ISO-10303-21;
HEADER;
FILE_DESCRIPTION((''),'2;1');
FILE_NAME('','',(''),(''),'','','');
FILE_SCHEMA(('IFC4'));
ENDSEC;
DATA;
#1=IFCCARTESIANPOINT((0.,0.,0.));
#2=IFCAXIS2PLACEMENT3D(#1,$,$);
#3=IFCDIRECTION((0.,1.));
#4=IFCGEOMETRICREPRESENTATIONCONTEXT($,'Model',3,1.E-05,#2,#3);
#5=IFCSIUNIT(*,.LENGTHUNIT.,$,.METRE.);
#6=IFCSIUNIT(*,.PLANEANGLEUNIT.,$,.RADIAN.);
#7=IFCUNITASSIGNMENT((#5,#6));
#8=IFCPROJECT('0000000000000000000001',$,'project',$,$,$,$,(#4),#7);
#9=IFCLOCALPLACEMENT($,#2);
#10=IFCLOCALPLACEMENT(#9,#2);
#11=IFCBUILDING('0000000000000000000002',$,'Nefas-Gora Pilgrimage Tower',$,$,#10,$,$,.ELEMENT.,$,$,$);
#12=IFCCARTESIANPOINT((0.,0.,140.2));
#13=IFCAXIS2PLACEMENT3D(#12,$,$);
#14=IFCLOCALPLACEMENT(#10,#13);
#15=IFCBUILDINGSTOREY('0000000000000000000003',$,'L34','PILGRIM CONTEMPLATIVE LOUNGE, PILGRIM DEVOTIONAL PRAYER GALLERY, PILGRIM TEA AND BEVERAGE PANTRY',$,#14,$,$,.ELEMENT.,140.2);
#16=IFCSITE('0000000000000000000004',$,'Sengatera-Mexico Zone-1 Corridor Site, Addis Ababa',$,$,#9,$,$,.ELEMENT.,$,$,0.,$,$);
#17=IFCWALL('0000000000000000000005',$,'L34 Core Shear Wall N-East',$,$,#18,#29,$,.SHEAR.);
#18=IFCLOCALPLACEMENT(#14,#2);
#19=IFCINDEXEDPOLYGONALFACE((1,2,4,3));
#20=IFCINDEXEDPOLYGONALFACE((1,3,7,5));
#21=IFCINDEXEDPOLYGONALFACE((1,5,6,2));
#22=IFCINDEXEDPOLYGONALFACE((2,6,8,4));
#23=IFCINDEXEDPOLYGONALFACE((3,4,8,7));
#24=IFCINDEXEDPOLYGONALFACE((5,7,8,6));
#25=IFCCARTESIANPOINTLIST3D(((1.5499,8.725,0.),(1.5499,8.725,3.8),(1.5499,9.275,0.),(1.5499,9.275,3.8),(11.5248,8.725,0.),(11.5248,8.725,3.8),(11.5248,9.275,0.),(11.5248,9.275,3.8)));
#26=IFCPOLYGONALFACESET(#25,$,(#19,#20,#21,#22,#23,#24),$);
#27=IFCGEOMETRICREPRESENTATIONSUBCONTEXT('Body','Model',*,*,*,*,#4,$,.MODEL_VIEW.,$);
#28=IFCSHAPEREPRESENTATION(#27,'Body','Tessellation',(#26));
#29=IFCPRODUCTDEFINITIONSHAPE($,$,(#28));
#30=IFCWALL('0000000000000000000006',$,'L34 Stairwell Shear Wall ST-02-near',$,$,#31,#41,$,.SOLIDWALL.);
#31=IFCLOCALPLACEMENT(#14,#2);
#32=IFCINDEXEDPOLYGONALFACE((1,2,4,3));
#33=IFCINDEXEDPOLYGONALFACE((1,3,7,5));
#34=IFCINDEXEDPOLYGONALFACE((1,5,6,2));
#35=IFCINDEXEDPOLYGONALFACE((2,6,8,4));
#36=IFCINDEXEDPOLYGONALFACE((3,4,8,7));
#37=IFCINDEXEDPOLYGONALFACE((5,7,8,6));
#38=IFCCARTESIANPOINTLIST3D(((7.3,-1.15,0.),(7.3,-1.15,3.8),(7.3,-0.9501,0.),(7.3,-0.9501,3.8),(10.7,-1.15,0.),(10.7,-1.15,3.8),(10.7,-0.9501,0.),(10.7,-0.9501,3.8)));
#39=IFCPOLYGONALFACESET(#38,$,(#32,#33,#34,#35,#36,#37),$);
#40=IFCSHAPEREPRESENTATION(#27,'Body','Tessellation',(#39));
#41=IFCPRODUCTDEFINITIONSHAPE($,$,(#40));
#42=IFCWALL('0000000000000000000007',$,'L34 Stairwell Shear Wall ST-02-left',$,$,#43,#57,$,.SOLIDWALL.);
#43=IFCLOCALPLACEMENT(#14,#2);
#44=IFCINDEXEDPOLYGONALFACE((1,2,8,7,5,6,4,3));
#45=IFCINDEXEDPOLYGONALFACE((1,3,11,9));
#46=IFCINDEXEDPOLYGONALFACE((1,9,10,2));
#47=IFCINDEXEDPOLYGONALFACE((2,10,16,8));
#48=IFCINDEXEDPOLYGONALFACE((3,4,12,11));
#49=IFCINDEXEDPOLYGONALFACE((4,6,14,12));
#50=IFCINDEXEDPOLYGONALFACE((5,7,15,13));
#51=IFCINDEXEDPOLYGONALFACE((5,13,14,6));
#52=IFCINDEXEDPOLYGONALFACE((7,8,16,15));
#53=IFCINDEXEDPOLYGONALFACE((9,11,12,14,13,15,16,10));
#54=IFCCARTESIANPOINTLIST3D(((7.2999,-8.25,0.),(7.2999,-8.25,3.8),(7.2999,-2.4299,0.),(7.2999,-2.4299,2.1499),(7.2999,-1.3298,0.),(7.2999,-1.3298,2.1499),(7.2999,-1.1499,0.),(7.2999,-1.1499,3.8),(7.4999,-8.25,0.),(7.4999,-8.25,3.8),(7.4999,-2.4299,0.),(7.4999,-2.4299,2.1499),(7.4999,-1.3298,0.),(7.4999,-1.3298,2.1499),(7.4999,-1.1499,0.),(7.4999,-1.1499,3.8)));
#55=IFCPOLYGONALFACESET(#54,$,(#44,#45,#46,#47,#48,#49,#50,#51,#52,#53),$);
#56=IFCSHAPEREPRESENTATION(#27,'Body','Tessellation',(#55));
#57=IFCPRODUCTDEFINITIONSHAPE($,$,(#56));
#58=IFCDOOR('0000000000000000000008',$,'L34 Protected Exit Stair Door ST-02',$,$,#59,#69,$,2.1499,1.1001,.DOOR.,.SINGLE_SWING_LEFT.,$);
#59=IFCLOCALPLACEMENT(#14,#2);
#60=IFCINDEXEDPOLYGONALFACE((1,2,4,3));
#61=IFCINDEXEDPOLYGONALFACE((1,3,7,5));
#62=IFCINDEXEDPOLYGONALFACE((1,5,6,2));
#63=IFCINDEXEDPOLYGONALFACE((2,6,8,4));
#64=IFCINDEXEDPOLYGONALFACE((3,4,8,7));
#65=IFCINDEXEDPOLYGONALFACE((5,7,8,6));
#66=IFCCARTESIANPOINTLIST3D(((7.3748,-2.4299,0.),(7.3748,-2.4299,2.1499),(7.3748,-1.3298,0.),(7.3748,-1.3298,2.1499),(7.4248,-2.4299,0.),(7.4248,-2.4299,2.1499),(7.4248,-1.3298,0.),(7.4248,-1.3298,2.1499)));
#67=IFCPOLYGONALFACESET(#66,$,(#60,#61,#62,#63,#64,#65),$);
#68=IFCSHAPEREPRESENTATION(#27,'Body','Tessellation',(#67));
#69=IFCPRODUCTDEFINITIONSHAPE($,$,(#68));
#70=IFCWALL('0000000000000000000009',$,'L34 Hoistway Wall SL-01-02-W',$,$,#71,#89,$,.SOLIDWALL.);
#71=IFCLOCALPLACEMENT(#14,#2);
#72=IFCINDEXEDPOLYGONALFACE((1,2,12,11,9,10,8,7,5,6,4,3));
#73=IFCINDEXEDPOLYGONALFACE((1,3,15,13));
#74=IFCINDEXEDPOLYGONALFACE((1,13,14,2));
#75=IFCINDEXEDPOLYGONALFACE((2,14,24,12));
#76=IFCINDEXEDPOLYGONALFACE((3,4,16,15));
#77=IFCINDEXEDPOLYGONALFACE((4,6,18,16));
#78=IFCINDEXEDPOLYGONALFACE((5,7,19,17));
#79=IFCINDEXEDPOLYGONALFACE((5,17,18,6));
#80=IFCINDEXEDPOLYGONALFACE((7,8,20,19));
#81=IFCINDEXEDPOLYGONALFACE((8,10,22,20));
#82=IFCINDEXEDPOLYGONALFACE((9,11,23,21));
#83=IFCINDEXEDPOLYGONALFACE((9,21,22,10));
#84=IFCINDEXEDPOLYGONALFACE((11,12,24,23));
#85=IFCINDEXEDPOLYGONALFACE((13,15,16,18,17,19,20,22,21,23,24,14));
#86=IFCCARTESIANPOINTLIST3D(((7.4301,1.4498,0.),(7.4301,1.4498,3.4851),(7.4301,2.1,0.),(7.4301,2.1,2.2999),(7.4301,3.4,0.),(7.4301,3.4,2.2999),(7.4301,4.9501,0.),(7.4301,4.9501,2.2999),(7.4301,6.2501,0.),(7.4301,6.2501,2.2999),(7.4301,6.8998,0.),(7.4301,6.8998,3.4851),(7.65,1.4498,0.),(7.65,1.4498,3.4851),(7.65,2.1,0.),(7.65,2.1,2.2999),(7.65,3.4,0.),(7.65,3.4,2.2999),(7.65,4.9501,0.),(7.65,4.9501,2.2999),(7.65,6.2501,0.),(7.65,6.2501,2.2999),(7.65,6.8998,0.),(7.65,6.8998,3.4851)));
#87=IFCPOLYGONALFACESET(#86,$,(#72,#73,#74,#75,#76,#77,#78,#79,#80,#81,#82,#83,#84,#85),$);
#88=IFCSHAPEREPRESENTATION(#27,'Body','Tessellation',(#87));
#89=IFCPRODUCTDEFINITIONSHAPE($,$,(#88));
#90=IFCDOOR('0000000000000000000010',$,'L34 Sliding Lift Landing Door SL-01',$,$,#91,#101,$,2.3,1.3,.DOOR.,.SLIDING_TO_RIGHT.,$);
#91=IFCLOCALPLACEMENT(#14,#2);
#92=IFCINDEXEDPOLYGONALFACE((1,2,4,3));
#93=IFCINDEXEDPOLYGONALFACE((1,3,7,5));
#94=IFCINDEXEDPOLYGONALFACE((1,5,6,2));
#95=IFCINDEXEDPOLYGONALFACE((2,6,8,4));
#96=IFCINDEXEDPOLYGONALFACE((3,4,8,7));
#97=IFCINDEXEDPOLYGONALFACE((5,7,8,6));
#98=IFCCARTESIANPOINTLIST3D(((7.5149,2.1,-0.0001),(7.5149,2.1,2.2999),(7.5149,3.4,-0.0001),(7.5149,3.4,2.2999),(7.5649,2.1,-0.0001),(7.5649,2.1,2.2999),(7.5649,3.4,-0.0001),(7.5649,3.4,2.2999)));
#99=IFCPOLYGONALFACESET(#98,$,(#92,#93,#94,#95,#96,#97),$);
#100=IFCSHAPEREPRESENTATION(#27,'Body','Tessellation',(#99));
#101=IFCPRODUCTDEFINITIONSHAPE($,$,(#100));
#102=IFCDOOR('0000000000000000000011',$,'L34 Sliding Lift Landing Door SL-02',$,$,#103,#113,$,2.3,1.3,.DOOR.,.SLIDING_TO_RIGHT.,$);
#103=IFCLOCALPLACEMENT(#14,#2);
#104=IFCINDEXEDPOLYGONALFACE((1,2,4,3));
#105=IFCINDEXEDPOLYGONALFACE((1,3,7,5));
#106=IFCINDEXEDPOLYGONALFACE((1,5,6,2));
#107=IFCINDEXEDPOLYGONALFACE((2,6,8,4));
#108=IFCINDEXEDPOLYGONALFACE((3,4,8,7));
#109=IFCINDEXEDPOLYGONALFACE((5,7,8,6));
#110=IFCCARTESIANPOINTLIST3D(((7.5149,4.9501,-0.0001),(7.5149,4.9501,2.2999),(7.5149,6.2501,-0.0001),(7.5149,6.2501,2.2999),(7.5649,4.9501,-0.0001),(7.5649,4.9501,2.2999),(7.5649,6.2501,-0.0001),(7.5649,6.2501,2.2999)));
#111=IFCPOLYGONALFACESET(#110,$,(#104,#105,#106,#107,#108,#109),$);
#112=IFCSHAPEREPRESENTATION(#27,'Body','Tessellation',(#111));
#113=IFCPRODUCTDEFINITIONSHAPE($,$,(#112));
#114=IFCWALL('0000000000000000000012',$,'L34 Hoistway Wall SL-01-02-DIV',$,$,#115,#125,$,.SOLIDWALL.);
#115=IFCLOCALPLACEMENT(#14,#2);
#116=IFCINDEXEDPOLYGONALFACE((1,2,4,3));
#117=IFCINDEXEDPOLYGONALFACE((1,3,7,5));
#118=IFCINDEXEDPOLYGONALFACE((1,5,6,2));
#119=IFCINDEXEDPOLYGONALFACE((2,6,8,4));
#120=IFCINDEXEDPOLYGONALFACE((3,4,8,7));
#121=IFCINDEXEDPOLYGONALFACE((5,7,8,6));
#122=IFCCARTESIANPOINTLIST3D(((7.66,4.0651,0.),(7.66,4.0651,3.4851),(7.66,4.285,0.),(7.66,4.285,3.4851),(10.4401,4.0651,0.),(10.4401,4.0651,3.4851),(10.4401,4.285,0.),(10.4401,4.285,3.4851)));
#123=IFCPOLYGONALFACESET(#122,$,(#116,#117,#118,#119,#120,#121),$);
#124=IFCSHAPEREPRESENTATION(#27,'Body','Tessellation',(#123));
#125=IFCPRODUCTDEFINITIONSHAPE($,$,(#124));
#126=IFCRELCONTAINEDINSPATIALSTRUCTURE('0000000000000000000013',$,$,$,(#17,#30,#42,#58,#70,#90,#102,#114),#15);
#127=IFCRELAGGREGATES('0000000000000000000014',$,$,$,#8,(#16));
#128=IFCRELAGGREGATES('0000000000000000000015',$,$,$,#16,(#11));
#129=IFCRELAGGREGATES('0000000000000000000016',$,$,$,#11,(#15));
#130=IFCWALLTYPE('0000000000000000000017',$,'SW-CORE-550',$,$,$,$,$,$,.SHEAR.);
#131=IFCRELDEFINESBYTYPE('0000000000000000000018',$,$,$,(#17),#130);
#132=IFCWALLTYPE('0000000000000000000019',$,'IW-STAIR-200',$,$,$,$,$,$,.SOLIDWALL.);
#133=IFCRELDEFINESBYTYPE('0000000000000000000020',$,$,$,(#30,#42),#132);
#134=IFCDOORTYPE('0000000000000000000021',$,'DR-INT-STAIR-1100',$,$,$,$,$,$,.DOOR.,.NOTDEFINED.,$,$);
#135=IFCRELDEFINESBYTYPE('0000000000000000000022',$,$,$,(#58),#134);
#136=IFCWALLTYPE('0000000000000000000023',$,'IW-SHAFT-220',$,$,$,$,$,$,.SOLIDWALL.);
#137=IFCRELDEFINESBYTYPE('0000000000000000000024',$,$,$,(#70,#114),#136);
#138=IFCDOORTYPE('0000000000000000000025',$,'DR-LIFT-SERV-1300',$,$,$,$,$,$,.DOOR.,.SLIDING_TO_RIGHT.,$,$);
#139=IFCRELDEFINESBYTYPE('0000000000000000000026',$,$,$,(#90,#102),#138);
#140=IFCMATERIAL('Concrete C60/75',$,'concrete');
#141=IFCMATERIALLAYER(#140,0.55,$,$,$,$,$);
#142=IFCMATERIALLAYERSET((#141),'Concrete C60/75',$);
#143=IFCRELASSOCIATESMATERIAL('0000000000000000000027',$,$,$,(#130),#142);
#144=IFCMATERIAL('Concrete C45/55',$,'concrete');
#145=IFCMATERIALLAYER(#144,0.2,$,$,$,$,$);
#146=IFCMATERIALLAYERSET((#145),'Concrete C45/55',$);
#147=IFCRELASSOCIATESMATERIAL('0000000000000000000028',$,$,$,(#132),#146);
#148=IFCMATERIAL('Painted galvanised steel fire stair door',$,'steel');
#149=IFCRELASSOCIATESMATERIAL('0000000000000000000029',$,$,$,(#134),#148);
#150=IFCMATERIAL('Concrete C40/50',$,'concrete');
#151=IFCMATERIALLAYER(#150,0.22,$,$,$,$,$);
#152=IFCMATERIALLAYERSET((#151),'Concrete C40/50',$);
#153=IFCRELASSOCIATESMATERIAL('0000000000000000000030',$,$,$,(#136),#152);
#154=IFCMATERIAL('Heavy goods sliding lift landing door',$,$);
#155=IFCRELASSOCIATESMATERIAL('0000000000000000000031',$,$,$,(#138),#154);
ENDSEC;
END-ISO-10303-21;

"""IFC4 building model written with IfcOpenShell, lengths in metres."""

from ifc_helpers import new_model, si_unit, direction, frame, frame_2d, origin, place, context, subcontext, project, spatial, rectangle, extrude, source, transform, mapped, material, layer, layer_set, type_object, element, fill, save


model = new_model("IFC4")

# Units and contexts
model_context = context("Model", 3, precision=1e-05, world=origin(), true_north=direction((0.0, 1.0)))
body_context = subcontext(model_context, "Body", "Model", "MODEL_VIEW")
ifc_project = project(units=[si_unit("LENGTHUNIT", "METRE"), si_unit("PLANEANGLEUNIT", "RADIAN")], contexts=[model_context])

# Site, building, storey
site_placement = place(None, origin())
site = spatial("IfcSite", under=ifc_project, at=site_placement, Name="Sengatera-Mexico Zone-1 Corridor Site, Addis Ababa", CompositionType="ELEMENT", RefElevation=0.0)
building_placement = place(site_placement, origin())
building = spatial("IfcBuilding", under=site, at=building_placement, Name="Nefas-Gora Pilgrimage Tower", CompositionType="ELEMENT")
storey_placement = place(building_placement, frame((0.0, 0.0, 140.2)))
storey = spatial("IfcBuildingStorey", under=building, at=storey_placement, Name="L34", Description="PILGRIM CONTEMPLATIVE LOUNGE, PILGRIM DEVOTIONAL PRAYER GALLERY, PILGRIM TEA AND BEVERAGE PANTRY", CompositionType="ELEMENT", Elevation=140.2)

# Walls
ifc_material_1 = material(Name="Concrete C60/75", Category="concrete")
ifc_layer_1 = layer(ifc_material_1, 0.55)
ifc_layer_set_1 = layer_set([ifc_layer_1], Name="Concrete C60/75")
wall_type_1 = type_object("IfcWallType", Name="SW-CORE-550", PredefinedType="SHEAR", material=ifc_layer_set_1)
shared_shape_1 = source(origin(), body_context, "Body", "SweptSolid", [
    extrude(rectangle(XDim=9.9749, YDim=0.55, at=frame_2d((4.9873, 0.0))), origin(), (0.0, 0.0, 1.0), 3.8),
])
wall_1_placement = place(storey_placement, frame((1.55, 9.0, 0.0), z_axis=(0.0, 0.0, 1.0), x_axis=(1.0, 0.0, 0.0)))
element("IfcWall", 1, at=wall_1_placement, inside=storey, type_object=wall_type_1, Name="L34 Core Shear Wall N-East", PredefinedType="SHEAR", context=body_context, shape_type="MappedRepresentation", body=[
    mapped(shared_shape_1, transform((0.0, 0.0, 0.0), x_axis=(1.0, 0.0, 0.0), y_axis=(0.0, 1.0, 0.0), z_axis=(0.0, 0.0, 1.0), scale=1.0)),
])
ifc_material_2 = material(Name="Concrete C45/55", Category="concrete")
ifc_layer_2 = layer(ifc_material_2, 0.2)
ifc_layer_set_2 = layer_set([ifc_layer_2], Name="Concrete C45/55")
wall_type_2 = type_object("IfcWallType", Name="IW-STAIR-200", PredefinedType="SOLIDWALL", material=ifc_layer_set_2)
shared_shape_2 = source(origin(), body_context, "Body", "SweptSolid", [
    extrude(rectangle(XDim=3.3999, YDim=0.2, at=frame_2d((1.7, 0.0))), origin(), (0.0, 0.0, 1.0), 3.8),
])
wall_2_placement = place(storey_placement, frame((7.3, -1.05, 0.0), z_axis=(0.0, 0.0, 1.0), x_axis=(1.0, 0.0, 0.0)))
element("IfcWall", 2, at=wall_2_placement, inside=storey, type_object=wall_type_2, Name="L34 Stairwell Shear Wall ST-02-near", PredefinedType="SOLIDWALL", context=body_context, shape_type="MappedRepresentation", body=[
    mapped(shared_shape_2, transform((0.0, 0.0, 0.0), x_axis=(1.0, 0.0, 0.0), y_axis=(0.0, 1.0, 0.0), z_axis=(0.0, 0.0, 1.0), scale=1.0)),
])

# Wall, opening, door
shared_shape_3 = source(origin(), body_context, "Body", "SweptSolid", [
    extrude(rectangle(XDim=7.1001, YDim=0.2, at=frame_2d((3.55, 0.0))), origin(), (0.0, 0.0, 1.0), 3.8),
])
wall_3_placement = place(storey_placement, frame((7.3999, -1.1499, 0.0), z_axis=(0.0, 0.0, 1.0), x_axis=(0.0, -1.0, 0.0)))
wall_3 = element("IfcWall", 3, at=wall_3_placement, inside=storey, type_object=wall_type_2, Name="L34 Stairwell Shear Wall ST-02-left", PredefinedType="SOLIDWALL", context=body_context, shape_type="MappedRepresentation", body=[
    mapped(shared_shape_3, transform((0.0, 0.0, 0.0), x_axis=(1.0, 0.0, 0.0), y_axis=(0.0, 1.0, 0.0), z_axis=(0.0, 0.0, 1.0), scale=1.0)),
])
opening_1_placement = place(wall_3_placement, frame((0.1799, 0.0, 0.0)))
opening_1 = element("IfcOpeningElement", 4, at=opening_1_placement, cuts=wall_3, PredefinedType="OPENING", context=body_context, shape_type="SweptSolid", body=[
    extrude(rectangle(XDim=1.1001, YDim=2.1499, at=frame_2d((0.55, 1.075))), frame((0.0, 0.1099, 0.0), z_axis=(0.0, -1.0, 0.0), x_axis=(1.0, 0.0, 0.0)), (0.0, 0.0, 1.0), 0.22),
])
ifc_material_3 = material(Name="Painted galvanised steel fire stair door", Category="steel")
door_type_1 = type_object("IfcDoorType", Name="DR-INT-STAIR-1100", OperationType="NOTDEFINED", PredefinedType="DOOR", material=ifc_material_3)
shared_shape_4 = source(origin(), body_context, "Body", "SweptSolid", [
    extrude(rectangle(XDim=1.1001, YDim=2.1499, at=frame_2d((0.55, 1.075))), frame((0.0, 0.0249, 0.0), z_axis=(0.0, -1.0, 0.0), x_axis=(1.0, 0.0, 0.0)), (0.0, 0.0, 1.0), 0.05),
])
door_1_placement = place(opening_1_placement, origin())
door_1 = element("IfcDoor", 5, at=door_1_placement, inside=storey, type_object=door_type_1, Name="L34 Protected Exit Stair Door ST-02", OperationType="SINGLE_SWING_LEFT", OverallHeight=2.1499, OverallWidth=1.1001, PredefinedType="DOOR", context=body_context, shape_type="MappedRepresentation", body=[
    mapped(shared_shape_4, transform((0.0, 0.0, 0.0), x_axis=(1.0, 0.0, 0.0), y_axis=(0.0, 1.0, 0.0), z_axis=(0.0, 0.0, 1.0), scale=1.0)),
])
fill(opening_1, door_1)

# Wall, openings, doors
ifc_material_4 = material(Name="Concrete C40/50", Category="concrete")
ifc_layer_3 = layer(ifc_material_4, 0.22)
ifc_layer_set_3 = layer_set([ifc_layer_3], Name="Concrete C40/50")
wall_type_3 = type_object("IfcWallType", Name="IW-SHAFT-220", PredefinedType="SOLIDWALL", material=ifc_layer_set_3)
shared_shape_5 = source(origin(), body_context, "Body", "SweptSolid", [
    extrude(rectangle(XDim=5.45, YDim=0.22, at=frame_2d((2.7251, 0.0))), origin(), (0.0, 0.0, 1.0), 3.4851),
])
wall_4_placement = place(storey_placement, frame((7.54, 6.8999, 0.0), z_axis=(0.0, 0.0, 1.0), x_axis=(0.0, -1.0, 0.0)))
wall_4 = element("IfcWall", 6, at=wall_4_placement, inside=storey, type_object=wall_type_3, Name="L34 Hoistway Wall SL-01-02-W", PredefinedType="SOLIDWALL", context=body_context, shape_type="MappedRepresentation", body=[
    mapped(shared_shape_5, transform((0.0, 0.0, 0.0), x_axis=(1.0, 0.0, 0.0), y_axis=(0.0, 1.0, 0.0), z_axis=(0.0, 0.0, 1.0), scale=1.0)),
])
opening_2_placement = place(wall_4_placement, frame((3.5, 0.0, 0.0)))
opening_2 = element("IfcOpeningElement", 7, at=opening_2_placement, cuts=wall_4, PredefinedType="OPENING", context=body_context, shape_type="SweptSolid", body=[
    extrude(rectangle(XDim=1.3, YDim=2.3, at=frame_2d((0.6499, 1.1499))), frame((0.0, 0.1199, 0.0), z_axis=(0.0, -1.0, 0.0), x_axis=(1.0, 0.0, 0.0)), (0.0, 0.0, 1.0), 0.24),
])
opening_3_placement = place(wall_4_placement, frame((0.6499, 0.0, 0.0)))
opening_3 = element("IfcOpeningElement", 8, at=opening_3_placement, cuts=wall_4, PredefinedType="OPENING", context=body_context, shape_type="SweptSolid", body=[
    extrude(rectangle(XDim=1.3, YDim=2.3, at=frame_2d((0.6499, 1.1499))), frame((0.0, 0.1199, 0.0), z_axis=(0.0, -1.0, 0.0), x_axis=(1.0, 0.0, 0.0)), (0.0, 0.0, 1.0), 0.24),
])
ifc_material_5 = material(Name="Heavy goods sliding lift landing door")
door_type_2 = type_object("IfcDoorType", Name="DR-LIFT-SERV-1300", OperationType="SLIDING_TO_RIGHT", PredefinedType="DOOR", material=ifc_material_5)
shared_shape_6 = source(origin(), body_context, "Body", "SweptSolid", [
    extrude(rectangle(XDim=1.3, YDim=2.3, at=frame_2d((0.6499, 1.1499))), frame((0.0, 0.0249, 0.0), z_axis=(0.0, -1.0, 0.0), x_axis=(1.0, 0.0, 0.0)), (0.0, 0.0, 1.0), 0.05),
])
door_2_placement = place(opening_2_placement, origin())
door_2 = element("IfcDoor", 9, at=door_2_placement, inside=storey, type_object=door_type_2, Name="L34 Sliding Lift Landing Door SL-01", OperationType="SLIDING_TO_RIGHT", OverallHeight=2.3, OverallWidth=1.3, PredefinedType="DOOR", context=body_context, shape_type="MappedRepresentation", body=[
    mapped(shared_shape_6, transform((0.0, 0.0, 0.0), x_axis=(1.0, 0.0, 0.0), y_axis=(0.0, 1.0, 0.0), z_axis=(0.0, 0.0, 1.0), scale=1.0)),
])
fill(opening_2, door_2)
door_3_placement = place(opening_3_placement, origin())
door_3 = element("IfcDoor", 10, at=door_3_placement, inside=storey, type_object=door_type_2, Name="L34 Sliding Lift Landing Door SL-02", OperationType="SLIDING_TO_RIGHT", OverallHeight=2.3, OverallWidth=1.3, PredefinedType="DOOR", context=body_context, shape_type="MappedRepresentation", body=[
    mapped(shared_shape_6, transform((0.0, 0.0, 0.0), x_axis=(1.0, 0.0, 0.0), y_axis=(0.0, 1.0, 0.0), z_axis=(0.0, 0.0, 1.0), scale=1.0)),
])
fill(opening_3, door_3)

# Wall
shared_shape_7 = source(origin(), body_context, "Body", "SweptSolid", [
    extrude(rectangle(XDim=2.78, YDim=0.22, at=frame_2d((1.3901, 0.0))), origin(), (0.0, 0.0, 1.0), 3.4851),
])
wall_5_placement = place(storey_placement, frame((7.6599, 4.175, 0.0), z_axis=(0.0, 0.0, 1.0), x_axis=(1.0, 0.0, 0.0)))
element("IfcWall", 11, at=wall_5_placement, inside=storey, type_object=wall_type_3, Name="L34 Hoistway Wall SL-01-02-DIV", PredefinedType="SOLIDWALL", context=body_context, shape_type="MappedRepresentation", body=[
    mapped(shared_shape_7, transform((0.0, 0.0, 0.0), x_axis=(1.0, 0.0, 0.0), y_axis=(0.0, 1.0, 0.0), z_axis=(0.0, 0.0, 1.0), scale=1.0)),
])

save(model, "model.ifc")
